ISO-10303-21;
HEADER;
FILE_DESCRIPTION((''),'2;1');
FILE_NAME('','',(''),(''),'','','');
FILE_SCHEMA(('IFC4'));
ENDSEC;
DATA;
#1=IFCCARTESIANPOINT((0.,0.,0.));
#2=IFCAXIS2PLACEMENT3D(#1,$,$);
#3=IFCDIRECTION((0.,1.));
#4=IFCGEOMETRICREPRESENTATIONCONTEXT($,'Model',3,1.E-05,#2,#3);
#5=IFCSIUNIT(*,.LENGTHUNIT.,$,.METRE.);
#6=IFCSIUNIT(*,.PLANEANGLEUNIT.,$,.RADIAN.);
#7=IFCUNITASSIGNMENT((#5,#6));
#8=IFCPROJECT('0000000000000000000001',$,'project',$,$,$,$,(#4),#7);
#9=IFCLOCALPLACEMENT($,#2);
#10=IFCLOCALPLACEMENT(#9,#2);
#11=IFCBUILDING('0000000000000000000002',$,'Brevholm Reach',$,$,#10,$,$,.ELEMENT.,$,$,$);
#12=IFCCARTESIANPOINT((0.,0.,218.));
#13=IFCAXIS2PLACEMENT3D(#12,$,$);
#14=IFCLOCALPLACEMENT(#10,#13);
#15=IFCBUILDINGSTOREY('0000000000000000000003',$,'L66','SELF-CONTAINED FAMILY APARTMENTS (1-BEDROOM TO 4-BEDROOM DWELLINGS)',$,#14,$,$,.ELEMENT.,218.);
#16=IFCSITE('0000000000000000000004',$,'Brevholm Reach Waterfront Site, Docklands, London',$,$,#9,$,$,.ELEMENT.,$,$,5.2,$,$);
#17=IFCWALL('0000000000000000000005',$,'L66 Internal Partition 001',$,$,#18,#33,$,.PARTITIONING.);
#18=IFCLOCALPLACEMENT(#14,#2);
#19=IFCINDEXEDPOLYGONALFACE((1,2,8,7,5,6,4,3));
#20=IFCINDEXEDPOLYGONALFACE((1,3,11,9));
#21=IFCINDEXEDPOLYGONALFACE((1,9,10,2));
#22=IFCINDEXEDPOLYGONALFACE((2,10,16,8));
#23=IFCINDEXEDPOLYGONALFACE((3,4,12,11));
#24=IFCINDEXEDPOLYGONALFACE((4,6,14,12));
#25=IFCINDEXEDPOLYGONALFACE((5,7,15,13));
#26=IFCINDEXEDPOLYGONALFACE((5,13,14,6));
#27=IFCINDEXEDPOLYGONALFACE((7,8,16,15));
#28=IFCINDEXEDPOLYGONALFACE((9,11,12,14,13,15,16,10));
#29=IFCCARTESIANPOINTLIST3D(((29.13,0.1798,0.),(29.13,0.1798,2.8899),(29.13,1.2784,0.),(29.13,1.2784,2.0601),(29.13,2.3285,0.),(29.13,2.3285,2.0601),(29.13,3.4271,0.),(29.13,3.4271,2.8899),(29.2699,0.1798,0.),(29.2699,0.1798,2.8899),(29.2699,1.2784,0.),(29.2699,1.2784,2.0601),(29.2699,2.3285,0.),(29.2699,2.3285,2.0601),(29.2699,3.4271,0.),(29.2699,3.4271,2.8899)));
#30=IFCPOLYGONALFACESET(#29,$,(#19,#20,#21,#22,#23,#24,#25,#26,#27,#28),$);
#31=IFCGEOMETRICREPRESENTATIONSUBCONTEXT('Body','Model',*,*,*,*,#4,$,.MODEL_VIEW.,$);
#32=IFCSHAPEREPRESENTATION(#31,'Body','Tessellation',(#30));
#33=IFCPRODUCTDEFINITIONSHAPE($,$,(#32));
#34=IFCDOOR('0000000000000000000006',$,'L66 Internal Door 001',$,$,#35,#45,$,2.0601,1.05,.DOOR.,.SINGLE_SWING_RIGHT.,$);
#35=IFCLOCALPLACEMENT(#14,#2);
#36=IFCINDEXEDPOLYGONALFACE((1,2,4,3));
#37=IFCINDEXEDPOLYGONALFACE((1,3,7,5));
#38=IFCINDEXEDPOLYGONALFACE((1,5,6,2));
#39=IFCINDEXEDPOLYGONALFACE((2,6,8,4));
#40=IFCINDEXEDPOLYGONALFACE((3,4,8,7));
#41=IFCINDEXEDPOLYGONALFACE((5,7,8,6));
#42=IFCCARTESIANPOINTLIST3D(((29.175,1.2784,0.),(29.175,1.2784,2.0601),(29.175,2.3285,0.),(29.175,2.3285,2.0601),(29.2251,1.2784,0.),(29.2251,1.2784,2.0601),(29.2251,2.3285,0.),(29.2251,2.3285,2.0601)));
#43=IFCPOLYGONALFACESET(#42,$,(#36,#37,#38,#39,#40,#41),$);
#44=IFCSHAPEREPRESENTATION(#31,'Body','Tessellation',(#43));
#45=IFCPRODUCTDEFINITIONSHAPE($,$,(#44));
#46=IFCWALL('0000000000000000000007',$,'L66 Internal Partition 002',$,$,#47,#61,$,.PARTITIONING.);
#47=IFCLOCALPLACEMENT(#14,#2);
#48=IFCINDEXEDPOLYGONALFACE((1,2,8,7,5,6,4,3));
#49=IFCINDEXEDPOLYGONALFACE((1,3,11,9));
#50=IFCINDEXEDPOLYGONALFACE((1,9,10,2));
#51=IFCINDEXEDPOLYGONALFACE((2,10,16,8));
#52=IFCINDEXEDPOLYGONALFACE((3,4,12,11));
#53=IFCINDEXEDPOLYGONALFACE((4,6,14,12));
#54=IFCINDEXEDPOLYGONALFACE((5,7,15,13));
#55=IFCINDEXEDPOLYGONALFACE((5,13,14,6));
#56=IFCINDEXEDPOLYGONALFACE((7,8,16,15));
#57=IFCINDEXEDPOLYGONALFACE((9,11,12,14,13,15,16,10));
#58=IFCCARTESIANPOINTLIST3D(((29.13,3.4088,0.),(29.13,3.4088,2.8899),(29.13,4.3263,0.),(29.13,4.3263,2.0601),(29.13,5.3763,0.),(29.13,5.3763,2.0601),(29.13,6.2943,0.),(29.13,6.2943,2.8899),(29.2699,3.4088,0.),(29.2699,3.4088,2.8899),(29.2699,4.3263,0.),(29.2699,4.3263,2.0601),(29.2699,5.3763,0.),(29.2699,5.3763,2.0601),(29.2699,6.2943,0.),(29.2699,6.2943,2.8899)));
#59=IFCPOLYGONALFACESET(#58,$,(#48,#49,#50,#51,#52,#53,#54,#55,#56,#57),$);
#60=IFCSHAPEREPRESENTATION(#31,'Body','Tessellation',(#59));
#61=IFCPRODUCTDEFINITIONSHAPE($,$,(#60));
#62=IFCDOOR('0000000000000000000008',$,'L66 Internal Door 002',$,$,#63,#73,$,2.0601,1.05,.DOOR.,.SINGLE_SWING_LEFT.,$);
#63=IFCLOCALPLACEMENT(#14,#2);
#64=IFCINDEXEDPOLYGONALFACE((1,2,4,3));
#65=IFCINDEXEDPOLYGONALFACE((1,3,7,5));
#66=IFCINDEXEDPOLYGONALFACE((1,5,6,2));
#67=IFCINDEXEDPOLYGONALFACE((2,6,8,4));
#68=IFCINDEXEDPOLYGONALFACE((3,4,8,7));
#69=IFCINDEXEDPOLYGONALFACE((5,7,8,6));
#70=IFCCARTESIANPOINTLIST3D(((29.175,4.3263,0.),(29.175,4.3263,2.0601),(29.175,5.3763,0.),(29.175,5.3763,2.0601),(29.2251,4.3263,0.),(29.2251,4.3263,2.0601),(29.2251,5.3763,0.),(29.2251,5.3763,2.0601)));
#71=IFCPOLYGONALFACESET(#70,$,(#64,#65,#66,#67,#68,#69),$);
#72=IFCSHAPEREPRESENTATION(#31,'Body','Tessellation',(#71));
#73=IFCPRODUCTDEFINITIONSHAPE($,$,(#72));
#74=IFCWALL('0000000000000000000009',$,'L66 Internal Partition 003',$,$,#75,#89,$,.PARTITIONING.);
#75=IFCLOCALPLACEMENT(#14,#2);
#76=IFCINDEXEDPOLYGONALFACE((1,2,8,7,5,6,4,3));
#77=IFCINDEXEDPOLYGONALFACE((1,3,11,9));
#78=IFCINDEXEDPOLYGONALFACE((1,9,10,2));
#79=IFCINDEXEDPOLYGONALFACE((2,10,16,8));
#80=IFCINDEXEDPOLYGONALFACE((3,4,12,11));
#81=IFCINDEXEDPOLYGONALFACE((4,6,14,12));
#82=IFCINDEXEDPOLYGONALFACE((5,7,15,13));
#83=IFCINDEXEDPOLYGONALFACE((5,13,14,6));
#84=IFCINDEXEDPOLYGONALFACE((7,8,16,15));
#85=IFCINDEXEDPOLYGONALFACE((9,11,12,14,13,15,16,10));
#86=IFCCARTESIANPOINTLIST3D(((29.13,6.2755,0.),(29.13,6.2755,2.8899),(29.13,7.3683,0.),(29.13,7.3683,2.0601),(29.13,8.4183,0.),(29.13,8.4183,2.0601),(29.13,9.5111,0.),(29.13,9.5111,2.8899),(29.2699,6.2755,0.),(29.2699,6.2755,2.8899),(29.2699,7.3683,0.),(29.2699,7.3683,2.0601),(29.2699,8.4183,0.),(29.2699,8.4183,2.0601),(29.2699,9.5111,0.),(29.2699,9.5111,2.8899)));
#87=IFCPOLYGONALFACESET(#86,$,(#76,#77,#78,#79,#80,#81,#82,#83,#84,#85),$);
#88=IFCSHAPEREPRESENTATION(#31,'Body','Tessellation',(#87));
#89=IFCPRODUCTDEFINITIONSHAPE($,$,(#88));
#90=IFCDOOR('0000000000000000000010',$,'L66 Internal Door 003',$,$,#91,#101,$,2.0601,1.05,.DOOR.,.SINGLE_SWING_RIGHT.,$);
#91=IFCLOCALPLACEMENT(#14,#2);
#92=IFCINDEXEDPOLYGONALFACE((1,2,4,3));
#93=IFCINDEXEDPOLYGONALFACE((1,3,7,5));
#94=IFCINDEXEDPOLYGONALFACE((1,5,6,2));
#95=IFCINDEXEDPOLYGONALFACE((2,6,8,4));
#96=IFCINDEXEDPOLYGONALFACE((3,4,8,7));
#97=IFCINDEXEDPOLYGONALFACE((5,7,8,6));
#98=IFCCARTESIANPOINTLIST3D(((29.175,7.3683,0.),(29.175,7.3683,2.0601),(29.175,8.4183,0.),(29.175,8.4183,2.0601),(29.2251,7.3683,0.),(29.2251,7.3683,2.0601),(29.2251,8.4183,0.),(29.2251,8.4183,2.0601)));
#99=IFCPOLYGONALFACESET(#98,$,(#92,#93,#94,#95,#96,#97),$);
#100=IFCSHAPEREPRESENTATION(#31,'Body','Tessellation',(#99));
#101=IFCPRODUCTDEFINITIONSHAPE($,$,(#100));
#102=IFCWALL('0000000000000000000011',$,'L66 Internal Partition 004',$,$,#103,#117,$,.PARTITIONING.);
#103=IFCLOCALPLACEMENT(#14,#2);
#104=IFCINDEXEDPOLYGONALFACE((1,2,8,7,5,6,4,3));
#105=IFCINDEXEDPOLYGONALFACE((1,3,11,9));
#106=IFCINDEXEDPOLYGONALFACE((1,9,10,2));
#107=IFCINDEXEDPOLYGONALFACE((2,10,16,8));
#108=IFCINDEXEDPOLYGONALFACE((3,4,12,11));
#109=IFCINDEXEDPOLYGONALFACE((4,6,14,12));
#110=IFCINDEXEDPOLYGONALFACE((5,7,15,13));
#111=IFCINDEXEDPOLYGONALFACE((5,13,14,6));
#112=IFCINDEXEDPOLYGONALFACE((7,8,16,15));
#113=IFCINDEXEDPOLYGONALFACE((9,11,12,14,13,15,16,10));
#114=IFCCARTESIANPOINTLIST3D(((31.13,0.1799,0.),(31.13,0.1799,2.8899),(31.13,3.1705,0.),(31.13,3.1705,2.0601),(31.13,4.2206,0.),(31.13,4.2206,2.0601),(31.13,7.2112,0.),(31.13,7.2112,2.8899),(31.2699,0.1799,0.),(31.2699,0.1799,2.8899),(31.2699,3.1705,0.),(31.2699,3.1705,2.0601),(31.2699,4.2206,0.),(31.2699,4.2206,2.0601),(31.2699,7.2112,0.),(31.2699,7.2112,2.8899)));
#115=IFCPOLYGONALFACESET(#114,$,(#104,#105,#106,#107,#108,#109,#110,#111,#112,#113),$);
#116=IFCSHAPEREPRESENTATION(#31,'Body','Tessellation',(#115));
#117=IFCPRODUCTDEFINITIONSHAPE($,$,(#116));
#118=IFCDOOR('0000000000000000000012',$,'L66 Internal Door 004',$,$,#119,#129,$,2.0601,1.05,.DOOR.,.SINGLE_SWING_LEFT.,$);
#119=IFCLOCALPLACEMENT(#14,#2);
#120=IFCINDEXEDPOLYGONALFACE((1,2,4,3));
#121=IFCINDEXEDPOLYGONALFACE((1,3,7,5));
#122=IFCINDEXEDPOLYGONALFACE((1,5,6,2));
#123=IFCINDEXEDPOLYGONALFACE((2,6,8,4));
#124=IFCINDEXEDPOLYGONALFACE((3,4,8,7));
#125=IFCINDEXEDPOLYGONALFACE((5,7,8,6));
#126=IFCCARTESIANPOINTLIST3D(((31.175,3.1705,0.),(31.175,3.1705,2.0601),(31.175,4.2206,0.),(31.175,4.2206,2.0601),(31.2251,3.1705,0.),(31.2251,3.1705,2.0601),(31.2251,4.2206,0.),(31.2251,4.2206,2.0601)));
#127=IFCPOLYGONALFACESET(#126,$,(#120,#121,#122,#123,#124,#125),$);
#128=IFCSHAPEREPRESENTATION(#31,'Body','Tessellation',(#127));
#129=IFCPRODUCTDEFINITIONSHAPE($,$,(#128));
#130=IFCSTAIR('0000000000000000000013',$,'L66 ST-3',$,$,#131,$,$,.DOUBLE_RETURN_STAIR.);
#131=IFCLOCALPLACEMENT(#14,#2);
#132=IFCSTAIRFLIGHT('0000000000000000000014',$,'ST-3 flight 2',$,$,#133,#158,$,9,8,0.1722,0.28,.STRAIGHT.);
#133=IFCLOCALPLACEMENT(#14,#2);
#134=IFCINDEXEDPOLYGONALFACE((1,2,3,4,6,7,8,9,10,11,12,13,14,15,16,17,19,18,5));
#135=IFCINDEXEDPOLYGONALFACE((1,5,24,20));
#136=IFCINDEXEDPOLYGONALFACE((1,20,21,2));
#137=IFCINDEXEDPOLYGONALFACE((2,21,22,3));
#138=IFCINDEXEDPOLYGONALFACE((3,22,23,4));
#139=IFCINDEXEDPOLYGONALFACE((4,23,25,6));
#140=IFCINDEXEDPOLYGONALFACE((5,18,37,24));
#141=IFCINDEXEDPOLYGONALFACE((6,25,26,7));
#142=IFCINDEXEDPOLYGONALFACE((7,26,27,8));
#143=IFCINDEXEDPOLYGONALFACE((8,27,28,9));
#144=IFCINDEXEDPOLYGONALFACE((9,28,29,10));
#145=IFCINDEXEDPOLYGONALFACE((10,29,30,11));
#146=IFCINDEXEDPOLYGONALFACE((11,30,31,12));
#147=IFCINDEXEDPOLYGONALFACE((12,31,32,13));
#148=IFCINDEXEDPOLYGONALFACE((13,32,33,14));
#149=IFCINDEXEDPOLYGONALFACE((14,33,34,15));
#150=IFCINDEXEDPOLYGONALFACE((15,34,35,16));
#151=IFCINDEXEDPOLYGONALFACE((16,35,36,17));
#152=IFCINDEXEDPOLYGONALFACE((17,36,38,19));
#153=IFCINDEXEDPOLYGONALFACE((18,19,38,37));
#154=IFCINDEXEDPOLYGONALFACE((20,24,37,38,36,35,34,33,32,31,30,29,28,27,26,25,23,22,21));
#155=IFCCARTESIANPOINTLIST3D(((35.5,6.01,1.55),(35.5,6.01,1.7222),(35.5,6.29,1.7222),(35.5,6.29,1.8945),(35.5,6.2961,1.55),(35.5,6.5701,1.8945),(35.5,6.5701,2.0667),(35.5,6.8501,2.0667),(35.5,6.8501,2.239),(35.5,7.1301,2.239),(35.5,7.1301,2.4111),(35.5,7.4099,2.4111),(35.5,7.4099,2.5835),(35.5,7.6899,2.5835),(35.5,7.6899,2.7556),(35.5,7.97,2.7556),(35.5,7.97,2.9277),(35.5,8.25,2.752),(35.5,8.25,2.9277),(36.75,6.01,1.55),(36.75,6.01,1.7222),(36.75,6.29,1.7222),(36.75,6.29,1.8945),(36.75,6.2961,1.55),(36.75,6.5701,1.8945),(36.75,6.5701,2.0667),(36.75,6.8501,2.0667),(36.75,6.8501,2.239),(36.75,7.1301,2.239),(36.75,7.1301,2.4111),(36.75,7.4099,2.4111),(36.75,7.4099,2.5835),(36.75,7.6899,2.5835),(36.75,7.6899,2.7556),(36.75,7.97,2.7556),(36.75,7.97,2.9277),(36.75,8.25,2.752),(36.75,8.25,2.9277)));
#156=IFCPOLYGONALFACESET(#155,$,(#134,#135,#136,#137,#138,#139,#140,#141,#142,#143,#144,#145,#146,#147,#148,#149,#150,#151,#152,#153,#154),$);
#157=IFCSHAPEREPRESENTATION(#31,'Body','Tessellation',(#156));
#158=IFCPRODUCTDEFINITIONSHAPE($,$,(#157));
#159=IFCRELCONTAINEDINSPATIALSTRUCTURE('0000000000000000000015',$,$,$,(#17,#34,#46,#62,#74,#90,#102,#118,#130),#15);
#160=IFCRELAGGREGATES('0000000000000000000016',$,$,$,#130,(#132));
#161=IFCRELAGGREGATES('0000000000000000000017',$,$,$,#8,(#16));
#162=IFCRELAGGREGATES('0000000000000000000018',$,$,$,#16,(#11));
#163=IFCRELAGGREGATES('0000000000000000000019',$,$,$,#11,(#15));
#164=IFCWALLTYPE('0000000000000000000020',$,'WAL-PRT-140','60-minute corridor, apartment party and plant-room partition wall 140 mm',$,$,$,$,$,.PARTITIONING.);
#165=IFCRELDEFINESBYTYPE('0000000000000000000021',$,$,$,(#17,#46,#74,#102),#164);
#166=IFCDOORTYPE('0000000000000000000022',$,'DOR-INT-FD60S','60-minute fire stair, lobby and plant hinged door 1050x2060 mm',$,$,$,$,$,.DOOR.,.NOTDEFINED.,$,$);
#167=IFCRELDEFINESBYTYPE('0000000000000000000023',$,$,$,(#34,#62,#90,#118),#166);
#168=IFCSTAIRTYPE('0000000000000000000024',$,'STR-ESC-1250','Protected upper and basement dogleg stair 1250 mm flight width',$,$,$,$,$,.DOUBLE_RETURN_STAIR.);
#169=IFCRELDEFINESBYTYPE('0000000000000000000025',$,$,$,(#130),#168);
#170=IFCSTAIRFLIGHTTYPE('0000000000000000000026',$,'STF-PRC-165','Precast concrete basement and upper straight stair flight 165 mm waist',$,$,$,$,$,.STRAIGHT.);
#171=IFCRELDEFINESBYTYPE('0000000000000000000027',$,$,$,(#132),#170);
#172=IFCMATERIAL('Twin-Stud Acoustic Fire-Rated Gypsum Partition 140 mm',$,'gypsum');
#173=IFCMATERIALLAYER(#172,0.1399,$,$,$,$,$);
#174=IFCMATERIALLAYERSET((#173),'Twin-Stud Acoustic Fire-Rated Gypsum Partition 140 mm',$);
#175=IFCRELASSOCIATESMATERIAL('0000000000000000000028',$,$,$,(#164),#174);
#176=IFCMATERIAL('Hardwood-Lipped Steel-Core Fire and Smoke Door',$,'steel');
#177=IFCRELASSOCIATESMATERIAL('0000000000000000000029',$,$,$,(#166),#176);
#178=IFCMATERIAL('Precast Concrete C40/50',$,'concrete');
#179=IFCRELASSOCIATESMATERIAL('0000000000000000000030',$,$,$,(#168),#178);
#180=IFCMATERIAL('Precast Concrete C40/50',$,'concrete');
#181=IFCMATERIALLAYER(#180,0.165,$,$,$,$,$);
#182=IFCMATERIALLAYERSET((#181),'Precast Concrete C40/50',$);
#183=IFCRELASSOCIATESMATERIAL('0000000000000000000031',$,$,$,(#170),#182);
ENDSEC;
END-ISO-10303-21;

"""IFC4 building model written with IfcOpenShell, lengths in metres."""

from ifc_helpers import new_model, si_unit, direction, frame, frame_2d, origin, place, context, subcontext, project, spatial, polyline, rectangle, outline, extrude, material, layer, layer_set, type_object, element, fill, aggregate, save


model = new_model("IFC4")

# Units and contexts
model_context = context("Model", 3, precision=1e-05, world=origin(), true_north=direction((0.0, 1.0)))
body_context = subcontext(model_context, "Body", "Model", "MODEL_VIEW")
ifc_project = project(units=[si_unit("LENGTHUNIT", "METRE"), si_unit("PLANEANGLEUNIT", "RADIAN")], contexts=[model_context])

# Site, building, storey
site_placement = place(None, origin())
site = spatial("IfcSite", under=ifc_project, at=site_placement, Name="Brevholm Reach Waterfront Site, Docklands, London", CompositionType="ELEMENT", RefElevation=5.2)
building_placement = place(site_placement, origin())
building = spatial("IfcBuilding", under=site, at=building_placement, Name="Brevholm Reach", CompositionType="ELEMENT")
storey_placement = place(building_placement, frame((0.0, 0.0, 218.0)))
storey = spatial("IfcBuildingStorey", under=building, at=storey_placement, Name="L66", Description="SELF-CONTAINED FAMILY APARTMENTS (1-BEDROOM TO 4-BEDROOM DWELLINGS)", CompositionType="ELEMENT", Elevation=218.0)

# Walls, openings, doors
ifc_material_1 = material(Name="Twin-Stud Acoustic Fire-Rated Gypsum Partition 140 mm", Category="gypsum")
ifc_layer_1 = layer(ifc_material_1, 0.1399)
ifc_layer_set_1 = layer_set([ifc_layer_1], Name="Twin-Stud Acoustic Fire-Rated Gypsum Partition 140 mm")
wall_type_1 = type_object("IfcWallType", Name="WAL-PRT-140", Description="60-minute corridor, apartment party and plant-room partition wall 140 mm", PredefinedType="PARTITIONING", material=ifc_layer_set_1)
wall_1_placement = place(storey_placement, frame((29.2, 0.1799, 0.0), z_axis=(0.0, 0.0, 1.0), x_axis=(0.0, 1.0, 0.0)))
wall_1 = element("IfcWall", 1, at=wall_1_placement, inside=storey, type_object=wall_type_1, Name="L66 Internal Partition 001", PredefinedType="PARTITIONING", context=body_context, shape_type="SweptSolid", body=[
    extrude(rectangle(XDim=3.2473, YDim=0.1399, at=frame_2d((1.6235, 0.0))), origin(), (0.0, 0.0, 1.0), 2.8899),
])
opening_1_placement = place(wall_1_placement, frame((1.0986, 0.0, 0.0)))
opening_1 = element("IfcOpeningElement", 2, at=opening_1_placement, cuts=wall_1, PredefinedType="OPENING", context=body_context, shape_type="SweptSolid", body=[
    extrude(rectangle(XDim=1.05, YDim=2.0601, at=frame_2d((0.5249, 1.03))), frame((0.0, 0.0798, 0.0), z_axis=(0.0, -1.0, 0.0), x_axis=(1.0, 0.0, 0.0)), (0.0, 0.0, 1.0), 0.1599),
])
ifc_material_2 = material(Name="Hardwood-Lipped Steel-Core Fire and Smoke Door", Category="steel")
door_type = type_object("IfcDoorType", Name="DOR-INT-FD60S", Description="60-minute fire stair, lobby and plant hinged door 1050x2060 mm", OperationType="NOTDEFINED", PredefinedType="DOOR", material=ifc_material_2)
door_1_placement = place(opening_1_placement, origin())
door_1 = element("IfcDoor", 3, at=door_1_placement, inside=storey, type_object=door_type, Name="L66 Internal Door 001", OperationType="SINGLE_SWING_RIGHT", OverallHeight=2.0601, OverallWidth=1.05, PredefinedType="DOOR", context=body_context, shape_type="SweptSolid", body=[
    extrude(rectangle(XDim=1.05, YDim=2.0601, at=frame_2d((0.5249, 1.03))), frame((0.0, 0.0249, 0.0), z_axis=(0.0, -1.0, 0.0), x_axis=(1.0, 0.0, 0.0)), (0.0, 0.0, 1.0), 0.05),
])
fill(opening_1, door_1)
wall_2_placement = place(storey_placement, frame((29.2, 3.4087, 0.0), z_axis=(0.0, 0.0, 1.0), x_axis=(0.0, 1.0, 0.0)))
wall_2 = element("IfcWall", 4, at=wall_2_placement, inside=storey, type_object=wall_type_1, Name="L66 Internal Partition 002", PredefinedType="PARTITIONING", context=body_context, shape_type="SweptSolid", body=[
    extrude(rectangle(XDim=2.8855, YDim=0.1399, at=frame_2d((1.4429, 0.0))), origin(), (0.0, 0.0, 1.0), 2.8899),
])
opening_2_placement = place(wall_2_placement, frame((0.9177, 0.0, 0.0)))
opening_2 = element("IfcOpeningElement", 5, at=opening_2_placement, cuts=wall_2, PredefinedType="OPENING", context=body_context, shape_type="SweptSolid", body=[
    extrude(rectangle(XDim=1.05, YDim=2.0601, at=frame_2d((0.5249, 1.03))), frame((0.0, 0.0798, 0.0), z_axis=(0.0, -1.0, 0.0), x_axis=(1.0, 0.0, 0.0)), (0.0, 0.0, 1.0), 0.1599),
])
door_2_placement = place(opening_2_placement, origin())
door_2 = element("IfcDoor", 6, at=door_2_placement, inside=storey, type_object=door_type, Name="L66 Internal Door 002", OperationType="SINGLE_SWING_LEFT", OverallHeight=2.0601, OverallWidth=1.05, PredefinedType="DOOR", context=body_context, shape_type="SweptSolid", body=[
    extrude(rectangle(XDim=1.05, YDim=2.0601, at=frame_2d((0.5249, 1.03))), frame((0.0, 0.0249, 0.0), z_axis=(0.0, -1.0, 0.0), x_axis=(1.0, 0.0, 0.0)), (0.0, 0.0, 1.0), 0.05),
])
fill(opening_2, door_2)
wall_3_placement = place(storey_placement, frame((29.2, 6.2756, 0.0), z_axis=(0.0, 0.0, 1.0), x_axis=(0.0, 1.0, 0.0)))
wall_3 = element("IfcWall", 7, at=wall_3_placement, inside=storey, type_object=wall_type_1, Name="L66 Internal Partition 003", PredefinedType="PARTITIONING", context=body_context, shape_type="SweptSolid", body=[
    extrude(rectangle(XDim=3.2356, YDim=0.1399, at=frame_2d((1.6177, 0.0))), origin(), (0.0, 0.0, 1.0), 2.8899),
])
opening_3_placement = place(wall_3_placement, frame((1.0928, 0.0, 0.0)))
opening_3 = element("IfcOpeningElement", 8, at=opening_3_placement, cuts=wall_3, PredefinedType="OPENING", context=body_context, shape_type="SweptSolid", body=[
    extrude(rectangle(XDim=1.05, YDim=2.0601, at=frame_2d((0.5249, 1.03))), frame((0.0, 0.0798, 0.0), z_axis=(0.0, -1.0, 0.0), x_axis=(1.0, 0.0, 0.0)), (0.0, 0.0, 1.0), 0.1599),
])
door_3_placement = place(opening_3_placement, origin())
door_3 = element("IfcDoor", 9, at=door_3_placement, inside=storey, type_object=door_type, Name="L66 Internal Door 003", OperationType="SINGLE_SWING_RIGHT", OverallHeight=2.0601, OverallWidth=1.05, PredefinedType="DOOR", context=body_context, shape_type="SweptSolid", body=[
    extrude(rectangle(XDim=1.05, YDim=2.0601, at=frame_2d((0.5249, 1.03))), frame((0.0, 0.0249, 0.0), z_axis=(0.0, -1.0, 0.0), x_axis=(1.0, 0.0, 0.0)), (0.0, 0.0, 1.0), 0.05),
])
fill(opening_3, door_3)
wall_4_placement = place(storey_placement, frame((31.2, 0.1799, 0.0), z_axis=(0.0, 0.0, 1.0), x_axis=(0.0, 1.0, 0.0)))
wall_4 = element("IfcWall", 10, at=wall_4_placement, inside=storey, type_object=wall_type_1, Name="L66 Internal Partition 004", PredefinedType="PARTITIONING", context=body_context, shape_type="SweptSolid", body=[
    extrude(rectangle(XDim=7.0312, YDim=0.1399, at=frame_2d((3.5156, 0.0))), origin(), (0.0, 0.0, 1.0), 2.8899),
])
opening_4_placement = place(wall_4_placement, frame((2.9907, 0.0, 0.0)))
opening_4 = element("IfcOpeningElement", 11, at=opening_4_placement, cuts=wall_4, PredefinedType="OPENING", context=body_context, shape_type="SweptSolid", body=[
    extrude(rectangle(XDim=1.05, YDim=2.0601, at=frame_2d((0.5249, 1.03))), frame((0.0, 0.0798, 0.0), z_axis=(0.0, -1.0, 0.0), x_axis=(1.0, 0.0, 0.0)), (0.0, 0.0, 1.0), 0.1599),
])
door_4_placement = place(opening_4_placement, origin())
door_4 = element("IfcDoor", 12, at=door_4_placement, inside=storey, type_object=door_type, Name="L66 Internal Door 004", OperationType="SINGLE_SWING_LEFT", OverallHeight=2.0601, OverallWidth=1.05, PredefinedType="DOOR", context=body_context, shape_type="SweptSolid", body=[
    extrude(rectangle(XDim=1.05, YDim=2.0601, at=frame_2d((0.5249, 1.03))), frame((0.0, 0.0249, 0.0), z_axis=(0.0, -1.0, 0.0), x_axis=(1.0, 0.0, 0.0)), (0.0, 0.0, 1.0), 0.05),
])
fill(opening_4, door_4)

# Stair, stair flight
ifc_material_3 = material(Name="Precast Concrete C40/50", Category="concrete")
stair_type = type_object("IfcStairType", Name="STR-ESC-1250", Description="Protected upper and basement dogleg stair 1250 mm flight width", PredefinedType="DOUBLE_RETURN_STAIR", material=ifc_material_3)
stair_placement = place(storey_placement, origin())
stair = element("IfcStair", 13, at=stair_placement, inside=storey, type_object=stair_type, Name="L66 ST-3", PredefinedType="DOUBLE_RETURN_STAIR")
ifc_material_4 = material(Name="Precast Concrete C40/50", Category="concrete")
ifc_layer_2 = layer(ifc_material_4, 0.165)
ifc_layer_set_2 = layer_set([ifc_layer_2], Name="Precast Concrete C40/50")
stair_flight_type = type_object("IfcStairFlightType", Name="STF-PRC-165", Description="Precast concrete basement and upper straight stair flight 165 mm waist", PredefinedType="STRAIGHT", material=ifc_layer_set_2)
stair_flight_placement = place(storey_placement, frame((36.125, 6.01, 1.55), z_axis=(0.0, 0.0, 1.0), x_axis=(0.0, 1.0, 0.0)))
stair_flight = element("IfcStairFlight", 14, at=stair_flight_placement, type_object=stair_flight_type, Name="ST-3 flight 2", NumberOfRisers=9, NumberOfTreads=8, PredefinedType="STRAIGHT", RiserHeight=0.1722, TreadLength=0.28, context=body_context, shape_type="SweptSolid", body=[
    extrude(outline(polyline([(0.0, 0.0), (0.0, 0.1721), (0.28, 0.1721), (0.28, 0.3445), (0.5601, 0.3445), (0.5601, 0.5166), (0.8401, 0.5166), (0.8401, 0.689), (1.1201, 0.689), (1.1201, 0.8611), (1.3999, 0.8611), (1.3999, 1.0334), (1.6799, 1.0334), (1.6799, 1.2056), (1.96, 1.2056), (1.96, 1.3777), (2.24, 1.3777), (2.24, 1.55), (2.24, 1.2019), (0.2861, 0.0), (0.0, 0.0)])), frame((0.0, 0.625, 0.0), z_axis=(0.0, -1.0, 0.0), x_axis=(1.0, 0.0, 0.0)), (0.0, 0.0, 1.0), 1.25),
])
aggregate(stair, [stair_flight])

save(model, "model.ifc")
